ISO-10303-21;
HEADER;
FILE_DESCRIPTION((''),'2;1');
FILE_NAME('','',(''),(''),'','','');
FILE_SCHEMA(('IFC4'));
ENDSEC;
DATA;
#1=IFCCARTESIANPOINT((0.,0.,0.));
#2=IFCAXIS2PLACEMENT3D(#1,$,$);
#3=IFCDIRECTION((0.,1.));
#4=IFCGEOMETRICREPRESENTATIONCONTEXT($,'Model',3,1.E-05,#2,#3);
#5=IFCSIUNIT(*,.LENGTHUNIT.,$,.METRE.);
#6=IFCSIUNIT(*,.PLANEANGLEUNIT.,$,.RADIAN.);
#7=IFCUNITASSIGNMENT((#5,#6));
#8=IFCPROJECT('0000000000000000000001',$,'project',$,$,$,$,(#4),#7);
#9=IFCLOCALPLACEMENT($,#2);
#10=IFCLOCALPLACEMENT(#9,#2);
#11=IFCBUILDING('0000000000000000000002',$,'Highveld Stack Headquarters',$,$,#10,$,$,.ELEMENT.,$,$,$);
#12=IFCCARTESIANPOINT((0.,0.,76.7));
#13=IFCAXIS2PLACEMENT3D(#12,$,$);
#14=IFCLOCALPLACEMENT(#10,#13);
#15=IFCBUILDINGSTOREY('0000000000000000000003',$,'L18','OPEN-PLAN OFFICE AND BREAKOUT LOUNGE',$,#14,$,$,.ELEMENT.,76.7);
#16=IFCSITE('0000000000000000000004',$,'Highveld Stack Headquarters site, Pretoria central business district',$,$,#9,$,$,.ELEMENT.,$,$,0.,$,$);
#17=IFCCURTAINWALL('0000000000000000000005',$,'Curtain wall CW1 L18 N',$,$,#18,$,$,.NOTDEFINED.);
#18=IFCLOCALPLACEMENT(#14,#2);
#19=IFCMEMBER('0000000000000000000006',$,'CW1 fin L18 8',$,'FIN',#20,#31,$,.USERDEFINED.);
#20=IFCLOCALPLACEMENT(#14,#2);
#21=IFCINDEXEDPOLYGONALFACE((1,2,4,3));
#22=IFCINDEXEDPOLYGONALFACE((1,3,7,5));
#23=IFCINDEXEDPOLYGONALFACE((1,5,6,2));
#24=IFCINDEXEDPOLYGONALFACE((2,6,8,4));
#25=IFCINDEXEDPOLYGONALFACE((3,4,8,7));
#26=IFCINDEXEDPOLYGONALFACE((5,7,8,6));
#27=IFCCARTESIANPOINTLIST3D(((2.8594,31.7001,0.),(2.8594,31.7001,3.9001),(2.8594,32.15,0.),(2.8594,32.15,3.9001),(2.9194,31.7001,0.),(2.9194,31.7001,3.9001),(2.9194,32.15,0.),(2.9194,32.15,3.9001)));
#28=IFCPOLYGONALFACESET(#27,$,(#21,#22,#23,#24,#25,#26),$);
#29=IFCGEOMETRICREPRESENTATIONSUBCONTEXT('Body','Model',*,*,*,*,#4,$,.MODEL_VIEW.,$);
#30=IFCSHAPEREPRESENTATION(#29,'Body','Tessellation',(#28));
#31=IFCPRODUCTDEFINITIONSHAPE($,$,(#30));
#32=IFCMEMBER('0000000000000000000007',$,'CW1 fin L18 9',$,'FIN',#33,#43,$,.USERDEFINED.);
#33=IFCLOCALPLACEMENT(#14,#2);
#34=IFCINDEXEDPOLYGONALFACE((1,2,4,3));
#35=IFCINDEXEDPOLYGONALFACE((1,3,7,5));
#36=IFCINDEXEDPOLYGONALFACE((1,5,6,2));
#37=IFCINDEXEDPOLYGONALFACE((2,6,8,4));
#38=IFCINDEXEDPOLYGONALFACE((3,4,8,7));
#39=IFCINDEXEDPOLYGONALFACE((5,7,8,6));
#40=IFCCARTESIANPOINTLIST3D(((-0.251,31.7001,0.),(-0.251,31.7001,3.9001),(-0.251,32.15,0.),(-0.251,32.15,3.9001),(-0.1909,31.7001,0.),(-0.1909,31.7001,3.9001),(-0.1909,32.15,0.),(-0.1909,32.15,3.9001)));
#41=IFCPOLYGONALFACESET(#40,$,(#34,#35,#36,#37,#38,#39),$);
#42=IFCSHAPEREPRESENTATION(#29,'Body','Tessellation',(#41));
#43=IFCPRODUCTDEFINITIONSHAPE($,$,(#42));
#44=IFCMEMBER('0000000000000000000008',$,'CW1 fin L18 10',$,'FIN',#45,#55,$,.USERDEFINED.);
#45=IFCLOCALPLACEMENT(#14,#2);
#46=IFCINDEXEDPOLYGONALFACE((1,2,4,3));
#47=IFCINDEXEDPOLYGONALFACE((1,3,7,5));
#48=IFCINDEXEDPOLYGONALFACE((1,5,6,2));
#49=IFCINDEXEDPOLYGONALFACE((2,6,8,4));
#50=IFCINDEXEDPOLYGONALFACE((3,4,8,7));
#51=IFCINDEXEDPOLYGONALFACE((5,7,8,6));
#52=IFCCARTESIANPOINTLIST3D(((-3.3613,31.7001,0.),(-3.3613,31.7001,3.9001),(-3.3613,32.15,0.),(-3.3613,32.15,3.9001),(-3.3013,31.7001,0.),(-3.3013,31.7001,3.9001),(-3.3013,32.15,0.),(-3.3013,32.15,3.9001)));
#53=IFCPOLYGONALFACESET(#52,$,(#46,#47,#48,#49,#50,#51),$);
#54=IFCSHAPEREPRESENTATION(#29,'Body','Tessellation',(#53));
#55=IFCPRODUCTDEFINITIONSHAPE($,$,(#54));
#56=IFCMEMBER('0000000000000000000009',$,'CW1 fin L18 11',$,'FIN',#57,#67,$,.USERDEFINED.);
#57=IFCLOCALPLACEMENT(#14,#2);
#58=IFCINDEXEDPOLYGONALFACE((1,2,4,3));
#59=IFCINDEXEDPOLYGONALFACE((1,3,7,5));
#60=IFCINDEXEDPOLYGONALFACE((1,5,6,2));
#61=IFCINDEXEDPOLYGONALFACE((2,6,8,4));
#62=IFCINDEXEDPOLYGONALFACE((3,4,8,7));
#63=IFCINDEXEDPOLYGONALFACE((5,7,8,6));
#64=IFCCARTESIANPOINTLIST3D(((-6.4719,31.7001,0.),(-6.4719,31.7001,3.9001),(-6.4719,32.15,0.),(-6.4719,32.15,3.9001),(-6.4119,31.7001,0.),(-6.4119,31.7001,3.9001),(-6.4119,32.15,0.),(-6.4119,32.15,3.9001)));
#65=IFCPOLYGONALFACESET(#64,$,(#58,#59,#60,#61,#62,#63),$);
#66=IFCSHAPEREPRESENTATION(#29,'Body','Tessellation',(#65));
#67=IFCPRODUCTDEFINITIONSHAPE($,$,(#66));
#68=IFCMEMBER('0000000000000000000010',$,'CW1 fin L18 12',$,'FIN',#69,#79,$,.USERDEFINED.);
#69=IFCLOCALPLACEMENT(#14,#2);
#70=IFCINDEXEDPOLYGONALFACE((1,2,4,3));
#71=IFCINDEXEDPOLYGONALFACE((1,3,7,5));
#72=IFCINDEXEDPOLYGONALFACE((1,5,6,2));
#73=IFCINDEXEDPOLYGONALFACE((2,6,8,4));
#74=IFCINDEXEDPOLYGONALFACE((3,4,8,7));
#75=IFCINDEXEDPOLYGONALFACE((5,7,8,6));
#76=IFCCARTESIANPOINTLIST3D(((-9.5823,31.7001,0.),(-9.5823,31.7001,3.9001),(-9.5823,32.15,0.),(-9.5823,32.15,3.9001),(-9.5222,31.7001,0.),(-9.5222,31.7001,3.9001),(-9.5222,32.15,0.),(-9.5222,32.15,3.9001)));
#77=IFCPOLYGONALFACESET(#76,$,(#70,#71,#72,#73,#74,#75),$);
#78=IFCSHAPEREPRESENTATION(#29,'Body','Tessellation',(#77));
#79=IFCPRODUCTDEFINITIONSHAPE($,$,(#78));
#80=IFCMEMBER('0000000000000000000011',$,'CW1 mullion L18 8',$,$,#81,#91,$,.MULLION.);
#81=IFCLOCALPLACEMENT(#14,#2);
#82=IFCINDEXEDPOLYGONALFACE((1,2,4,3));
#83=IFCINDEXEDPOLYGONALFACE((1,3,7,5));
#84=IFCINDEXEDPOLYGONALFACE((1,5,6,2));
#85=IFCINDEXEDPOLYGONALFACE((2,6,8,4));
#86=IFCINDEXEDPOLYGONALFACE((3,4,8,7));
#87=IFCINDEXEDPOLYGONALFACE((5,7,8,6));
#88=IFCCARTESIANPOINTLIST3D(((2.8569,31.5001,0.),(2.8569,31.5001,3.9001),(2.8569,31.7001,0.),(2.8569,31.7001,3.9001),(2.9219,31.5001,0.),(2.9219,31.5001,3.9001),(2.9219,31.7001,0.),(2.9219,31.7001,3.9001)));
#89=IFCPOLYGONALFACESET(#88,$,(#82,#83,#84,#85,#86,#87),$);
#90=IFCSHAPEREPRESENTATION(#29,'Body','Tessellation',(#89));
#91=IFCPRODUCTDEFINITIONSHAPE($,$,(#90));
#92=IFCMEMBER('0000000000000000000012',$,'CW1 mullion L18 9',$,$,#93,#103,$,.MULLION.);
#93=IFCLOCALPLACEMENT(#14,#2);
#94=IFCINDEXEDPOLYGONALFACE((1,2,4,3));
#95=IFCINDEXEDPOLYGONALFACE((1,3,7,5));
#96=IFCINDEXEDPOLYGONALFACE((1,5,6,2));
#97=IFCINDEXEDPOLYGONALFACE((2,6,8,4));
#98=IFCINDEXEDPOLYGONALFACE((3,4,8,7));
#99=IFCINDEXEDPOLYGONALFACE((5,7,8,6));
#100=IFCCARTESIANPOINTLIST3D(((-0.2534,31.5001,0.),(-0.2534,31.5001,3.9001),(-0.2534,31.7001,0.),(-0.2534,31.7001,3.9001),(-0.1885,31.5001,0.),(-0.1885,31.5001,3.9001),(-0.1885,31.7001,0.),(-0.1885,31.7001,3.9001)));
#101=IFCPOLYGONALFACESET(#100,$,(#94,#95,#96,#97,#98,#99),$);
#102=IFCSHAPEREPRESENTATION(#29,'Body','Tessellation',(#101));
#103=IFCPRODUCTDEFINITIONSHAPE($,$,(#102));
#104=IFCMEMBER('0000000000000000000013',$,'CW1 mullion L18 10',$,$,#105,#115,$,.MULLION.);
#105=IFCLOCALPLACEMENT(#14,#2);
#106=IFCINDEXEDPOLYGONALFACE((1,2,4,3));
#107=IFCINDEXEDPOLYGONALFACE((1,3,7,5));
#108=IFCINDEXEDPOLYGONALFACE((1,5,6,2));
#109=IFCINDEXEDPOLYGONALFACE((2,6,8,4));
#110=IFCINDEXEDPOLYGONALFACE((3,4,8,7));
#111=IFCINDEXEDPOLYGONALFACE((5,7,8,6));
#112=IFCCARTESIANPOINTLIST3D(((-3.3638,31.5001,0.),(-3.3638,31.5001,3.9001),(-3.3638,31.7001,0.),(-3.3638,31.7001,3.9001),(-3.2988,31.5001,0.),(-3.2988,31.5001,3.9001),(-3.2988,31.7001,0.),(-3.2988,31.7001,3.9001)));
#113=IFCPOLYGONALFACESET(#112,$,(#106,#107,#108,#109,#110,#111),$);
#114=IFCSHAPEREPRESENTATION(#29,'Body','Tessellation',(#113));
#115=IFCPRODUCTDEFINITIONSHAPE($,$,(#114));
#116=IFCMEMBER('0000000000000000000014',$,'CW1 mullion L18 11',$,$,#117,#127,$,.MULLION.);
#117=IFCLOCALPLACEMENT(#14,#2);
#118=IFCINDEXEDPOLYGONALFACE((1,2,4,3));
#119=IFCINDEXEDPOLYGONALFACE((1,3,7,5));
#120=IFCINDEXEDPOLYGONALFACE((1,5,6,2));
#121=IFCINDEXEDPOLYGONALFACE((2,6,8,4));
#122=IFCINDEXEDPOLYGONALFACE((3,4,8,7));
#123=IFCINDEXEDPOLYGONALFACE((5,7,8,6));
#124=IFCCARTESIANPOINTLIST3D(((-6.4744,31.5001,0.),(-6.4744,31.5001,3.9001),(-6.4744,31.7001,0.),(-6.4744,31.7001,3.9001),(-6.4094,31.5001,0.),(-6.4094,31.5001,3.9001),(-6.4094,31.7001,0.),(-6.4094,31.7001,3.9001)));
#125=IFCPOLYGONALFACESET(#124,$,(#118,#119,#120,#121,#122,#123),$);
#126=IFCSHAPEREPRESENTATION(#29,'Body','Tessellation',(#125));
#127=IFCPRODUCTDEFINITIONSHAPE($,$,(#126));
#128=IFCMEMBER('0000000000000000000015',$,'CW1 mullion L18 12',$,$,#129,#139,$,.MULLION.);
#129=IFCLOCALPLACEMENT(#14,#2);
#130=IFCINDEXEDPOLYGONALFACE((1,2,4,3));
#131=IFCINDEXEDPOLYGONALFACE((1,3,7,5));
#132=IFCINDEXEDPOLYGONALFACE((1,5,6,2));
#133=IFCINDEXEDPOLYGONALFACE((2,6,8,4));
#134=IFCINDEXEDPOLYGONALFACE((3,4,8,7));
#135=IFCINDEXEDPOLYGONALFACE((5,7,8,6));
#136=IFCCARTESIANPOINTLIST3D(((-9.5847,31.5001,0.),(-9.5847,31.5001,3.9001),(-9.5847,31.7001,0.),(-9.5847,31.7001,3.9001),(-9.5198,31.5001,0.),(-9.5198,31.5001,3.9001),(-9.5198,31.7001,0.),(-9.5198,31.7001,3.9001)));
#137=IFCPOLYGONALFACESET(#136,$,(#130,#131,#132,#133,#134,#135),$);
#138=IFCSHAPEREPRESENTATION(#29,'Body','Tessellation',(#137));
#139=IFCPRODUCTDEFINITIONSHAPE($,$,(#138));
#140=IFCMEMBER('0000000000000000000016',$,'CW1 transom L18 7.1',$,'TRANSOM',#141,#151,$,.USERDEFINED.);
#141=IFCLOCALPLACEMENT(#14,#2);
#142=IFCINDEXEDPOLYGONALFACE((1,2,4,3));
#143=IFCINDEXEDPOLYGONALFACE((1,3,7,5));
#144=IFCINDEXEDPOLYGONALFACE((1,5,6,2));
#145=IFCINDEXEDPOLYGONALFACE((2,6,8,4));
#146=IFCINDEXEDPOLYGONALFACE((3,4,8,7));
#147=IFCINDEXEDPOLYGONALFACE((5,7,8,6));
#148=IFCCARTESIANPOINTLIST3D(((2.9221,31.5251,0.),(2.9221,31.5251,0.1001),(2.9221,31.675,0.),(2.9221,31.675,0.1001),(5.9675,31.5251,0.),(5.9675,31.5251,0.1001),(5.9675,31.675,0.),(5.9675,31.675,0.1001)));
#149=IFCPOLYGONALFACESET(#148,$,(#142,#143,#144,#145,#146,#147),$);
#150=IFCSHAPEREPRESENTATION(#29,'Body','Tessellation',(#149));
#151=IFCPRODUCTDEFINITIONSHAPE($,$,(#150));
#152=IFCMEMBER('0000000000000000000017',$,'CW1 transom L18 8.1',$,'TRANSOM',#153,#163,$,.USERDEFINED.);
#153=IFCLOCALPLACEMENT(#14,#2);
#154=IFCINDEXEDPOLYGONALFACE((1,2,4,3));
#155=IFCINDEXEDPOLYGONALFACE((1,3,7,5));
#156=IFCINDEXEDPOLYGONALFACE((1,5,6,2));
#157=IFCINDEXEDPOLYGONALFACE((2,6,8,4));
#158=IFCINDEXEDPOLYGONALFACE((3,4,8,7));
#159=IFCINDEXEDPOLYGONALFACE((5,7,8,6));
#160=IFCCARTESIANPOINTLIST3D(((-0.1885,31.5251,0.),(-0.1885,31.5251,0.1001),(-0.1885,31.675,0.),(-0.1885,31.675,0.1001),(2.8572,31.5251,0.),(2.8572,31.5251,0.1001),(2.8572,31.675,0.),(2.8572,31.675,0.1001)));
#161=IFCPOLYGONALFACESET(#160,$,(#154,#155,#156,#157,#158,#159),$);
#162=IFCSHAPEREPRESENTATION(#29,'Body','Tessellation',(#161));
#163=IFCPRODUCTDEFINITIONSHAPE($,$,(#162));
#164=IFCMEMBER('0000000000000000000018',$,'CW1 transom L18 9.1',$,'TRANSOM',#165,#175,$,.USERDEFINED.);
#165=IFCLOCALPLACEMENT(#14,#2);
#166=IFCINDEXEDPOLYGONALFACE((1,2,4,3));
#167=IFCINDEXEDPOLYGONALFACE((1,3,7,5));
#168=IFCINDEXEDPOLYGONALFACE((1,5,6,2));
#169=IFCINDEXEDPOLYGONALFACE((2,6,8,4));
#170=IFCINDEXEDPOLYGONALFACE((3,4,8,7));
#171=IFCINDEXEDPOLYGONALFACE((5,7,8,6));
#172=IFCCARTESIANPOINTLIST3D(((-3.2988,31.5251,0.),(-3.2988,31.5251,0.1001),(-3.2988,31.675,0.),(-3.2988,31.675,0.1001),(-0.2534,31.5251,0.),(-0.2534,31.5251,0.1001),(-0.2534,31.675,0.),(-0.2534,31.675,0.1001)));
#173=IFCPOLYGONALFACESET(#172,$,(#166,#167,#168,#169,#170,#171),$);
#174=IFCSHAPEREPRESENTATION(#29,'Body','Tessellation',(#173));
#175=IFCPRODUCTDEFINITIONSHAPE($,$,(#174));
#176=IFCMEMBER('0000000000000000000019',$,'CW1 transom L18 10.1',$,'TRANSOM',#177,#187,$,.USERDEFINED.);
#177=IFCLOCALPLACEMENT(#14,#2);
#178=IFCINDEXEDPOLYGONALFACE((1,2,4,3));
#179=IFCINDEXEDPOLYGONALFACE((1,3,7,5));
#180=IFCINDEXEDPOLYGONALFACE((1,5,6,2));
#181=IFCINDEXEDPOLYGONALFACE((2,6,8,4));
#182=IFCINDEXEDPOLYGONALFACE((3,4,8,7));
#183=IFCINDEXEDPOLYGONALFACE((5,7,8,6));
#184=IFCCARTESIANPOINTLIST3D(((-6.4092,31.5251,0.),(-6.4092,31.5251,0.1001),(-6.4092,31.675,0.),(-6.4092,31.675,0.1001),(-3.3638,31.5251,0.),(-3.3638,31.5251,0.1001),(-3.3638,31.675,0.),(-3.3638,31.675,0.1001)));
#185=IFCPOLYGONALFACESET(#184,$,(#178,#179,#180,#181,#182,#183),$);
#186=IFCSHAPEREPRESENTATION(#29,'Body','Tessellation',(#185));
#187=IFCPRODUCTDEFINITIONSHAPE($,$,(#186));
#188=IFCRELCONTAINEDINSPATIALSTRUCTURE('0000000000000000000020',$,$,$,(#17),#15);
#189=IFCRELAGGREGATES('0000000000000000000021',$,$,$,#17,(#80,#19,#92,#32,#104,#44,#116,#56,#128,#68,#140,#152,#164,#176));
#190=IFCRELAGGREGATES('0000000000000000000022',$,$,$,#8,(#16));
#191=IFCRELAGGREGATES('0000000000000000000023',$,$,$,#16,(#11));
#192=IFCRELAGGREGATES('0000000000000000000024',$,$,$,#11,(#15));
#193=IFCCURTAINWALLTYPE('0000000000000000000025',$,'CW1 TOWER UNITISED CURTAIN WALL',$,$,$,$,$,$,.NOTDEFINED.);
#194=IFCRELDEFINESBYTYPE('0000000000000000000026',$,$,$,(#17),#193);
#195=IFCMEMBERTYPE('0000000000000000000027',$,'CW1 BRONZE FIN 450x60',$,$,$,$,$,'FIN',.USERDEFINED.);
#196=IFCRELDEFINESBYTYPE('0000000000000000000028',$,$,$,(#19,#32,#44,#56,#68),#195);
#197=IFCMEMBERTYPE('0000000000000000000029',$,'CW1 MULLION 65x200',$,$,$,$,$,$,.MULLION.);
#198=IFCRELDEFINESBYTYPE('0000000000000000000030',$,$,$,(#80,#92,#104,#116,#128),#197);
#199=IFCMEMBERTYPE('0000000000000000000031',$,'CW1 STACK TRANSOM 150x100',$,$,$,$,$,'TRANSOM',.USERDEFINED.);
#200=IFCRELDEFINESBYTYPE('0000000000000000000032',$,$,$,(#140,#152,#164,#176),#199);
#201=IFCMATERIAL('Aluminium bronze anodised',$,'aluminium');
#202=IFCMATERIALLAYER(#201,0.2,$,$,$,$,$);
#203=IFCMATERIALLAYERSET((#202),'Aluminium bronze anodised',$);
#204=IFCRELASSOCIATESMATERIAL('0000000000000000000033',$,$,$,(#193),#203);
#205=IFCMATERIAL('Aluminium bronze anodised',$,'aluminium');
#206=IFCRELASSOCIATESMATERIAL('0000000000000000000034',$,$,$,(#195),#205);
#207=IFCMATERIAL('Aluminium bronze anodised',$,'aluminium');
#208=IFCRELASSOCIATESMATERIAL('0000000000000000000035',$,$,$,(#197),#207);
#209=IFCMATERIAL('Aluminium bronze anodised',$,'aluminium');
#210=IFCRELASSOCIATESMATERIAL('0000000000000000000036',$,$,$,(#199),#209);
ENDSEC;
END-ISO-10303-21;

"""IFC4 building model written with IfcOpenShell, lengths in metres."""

from ifc_helpers import new_model, si_unit, direction, frame, origin, origin_2d, place, context, subcontext, project, spatial, rectangle, extrude, material, layer, layer_set, material_profile, profile_set, type_object, element, aggregate, save


model = new_model("IFC4")

# Units and contexts
model_context = context("Model", 3, precision=1e-05, world=origin(), true_north=direction((0.0, 1.0)))
body_context = subcontext(model_context, "Body", "Model", "MODEL_VIEW")
ifc_project = project(units=[si_unit("LENGTHUNIT", "METRE"), si_unit("PLANEANGLEUNIT", "RADIAN")], contexts=[model_context])

# Site, building, storey
site_placement = place(None, origin())
site = spatial("IfcSite", under=ifc_project, at=site_placement, Name="Highveld Stack Headquarters site, Pretoria central business district", CompositionType="ELEMENT", RefElevation=0.0)
building_placement = place(site_placement, origin())
building = spatial("IfcBuilding", under=site, at=building_placement, Name="Highveld Stack Headquarters", CompositionType="ELEMENT")
storey_placement = place(building_placement, frame((0.0, 0.0, 76.7)))
storey = spatial("IfcBuildingStorey", under=building, at=storey_placement, Name="L18", Description="OPEN-PLAN OFFICE AND BREAKOUT LOUNGE", CompositionType="ELEMENT", Elevation=76.7)

# Curtain wall, members
ifc_material_1 = material(Name="Aluminium bronze anodised", Category="aluminium")
ifc_layer_1 = layer(ifc_material_1, 0.2)
ifc_layer_set_1 = layer_set([ifc_layer_1], Name="Aluminium bronze anodised")
curtain_wall_type = type_object("IfcCurtainWallType", Name="CW1 TOWER UNITISED CURTAIN WALL", PredefinedType="NOTDEFINED", material=ifc_layer_set_1)
curtain_wall_placement = place(storey_placement, origin())
curtain_wall = element("IfcCurtainWall", 1, at=curtain_wall_placement, inside=storey, type_object=curtain_wall_type, Name="Curtain wall CW1 L18 N", PredefinedType="NOTDEFINED")
ifc_material_2 = material(Name="Aluminium bronze anodised", Category="aluminium")
ifc_material_profile_1 = material_profile(ifc_material_2, rectangle(XDim=0.45, YDim=0.0601, at=origin_2d()), Name="FIN 450x60")
ifc_profile_set_1 = profile_set([ifc_material_profile_1], Name="Aluminium bronze anodised")
member_type_1 = type_object("IfcMemberType", Name="CW1 BRONZE FIN 450x60", ElementType="FIN", PredefinedType="USERDEFINED", material=ifc_profile_set_1)
member_1_placement = place(storey_placement, frame((2.8894, 31.925, 0.0), z_axis=(0.0, 0.0, 1.0), x_axis=(0.0, -1.0, 0.0)))
member_1 = element("IfcMember", 2, at=member_1_placement, type_object=member_type_1, Name="CW1 fin L18 8", ObjectType="FIN", PredefinedType="USERDEFINED", context=body_context, shape_type="SweptSolid", body=[
    extrude(rectangle(XDim=0.45, YDim=0.0601, at=origin_2d()), origin(), (0.0, 0.0, 1.0), 3.9001),
])
member_2_placement = place(storey_placement, frame((-0.2209, 31.925, 0.0), z_axis=(0.0, 0.0, 1.0), x_axis=(0.0, -1.0, 0.0)))
member_2 = element("IfcMember", 3, at=member_2_placement, type_object=member_type_1, Name="CW1 fin L18 9", ObjectType="FIN", PredefinedType="USERDEFINED", context=body_context, shape_type="SweptSolid", body=[
    extrude(rectangle(XDim=0.45, YDim=0.0601, at=origin_2d()), origin(), (0.0, 0.0, 1.0), 3.9001),
])
member_3_placement = place(storey_placement, frame((-3.3313, 31.925, 0.0), z_axis=(0.0, 0.0, 1.0), x_axis=(0.0, -1.0, 0.0)))
member_3 = element("IfcMember", 4, at=member_3_placement, type_object=member_type_1, Name="CW1 fin L18 10", ObjectType="FIN", PredefinedType="USERDEFINED", context=body_context, shape_type="SweptSolid", body=[
    extrude(rectangle(XDim=0.45, YDim=0.0601, at=origin_2d()), origin(), (0.0, 0.0, 1.0), 3.9001),
])
member_4_placement = place(storey_placement, frame((-6.4419, 31.925, 0.0), z_axis=(0.0, 0.0, 1.0), x_axis=(0.0, -1.0, 0.0)))
member_4 = element("IfcMember", 5, at=member_4_placement, type_object=member_type_1, Name="CW1 fin L18 11", ObjectType="FIN", PredefinedType="USERDEFINED", context=body_context, shape_type="SweptSolid", body=[
    extrude(rectangle(XDim=0.45, YDim=0.0601, at=origin_2d()), origin(), (0.0, 0.0, 1.0), 3.9001),
])
member_5_placement = place(storey_placement, frame((-9.5522, 31.925, 0.0), z_axis=(0.0, 0.0, 1.0), x_axis=(0.0, -1.0, 0.0)))
member_5 = element("IfcMember", 6, at=member_5_placement, type_object=member_type_1, Name="CW1 fin L18 12", ObjectType="FIN", PredefinedType="USERDEFINED", context=body_context, shape_type="SweptSolid", body=[
    extrude(rectangle(XDim=0.45, YDim=0.0601, at=origin_2d()), origin(), (0.0, 0.0, 1.0), 3.9001),
])
ifc_material_3 = material(Name="Aluminium bronze anodised", Category="aluminium")
ifc_material_profile_2 = material_profile(ifc_material_3, rectangle(XDim=0.2, YDim=0.0649, at=origin_2d()), Name="CW1 MULLION 65x200")
ifc_profile_set_2 = profile_set([ifc_material_profile_2], Name="Aluminium bronze anodised")
member_type_2 = type_object("IfcMemberType", Name="CW1 MULLION 65x200", PredefinedType="MULLION", material=ifc_profile_set_2)
member_6_placement = place(storey_placement, frame((2.8894, 31.6001, 0.0), z_axis=(0.0, 0.0, 1.0), x_axis=(0.0, -1.0, 0.0)))
member_6 = element("IfcMember", 7, at=member_6_placement, type_object=member_type_2, Name="CW1 mullion L18 8", PredefinedType="MULLION", context=body_context, shape_type="SweptSolid", body=[
    extrude(rectangle(XDim=0.2, YDim=0.0649, at=origin_2d()), origin(), (0.0, 0.0, 1.0), 3.9001),
])
member_7_placement = place(storey_placement, frame((-0.2209, 31.6001, 0.0), z_axis=(0.0, 0.0, 1.0), x_axis=(0.0, -1.0, 0.0)))
member_7 = element("IfcMember", 8, at=member_7_placement, type_object=member_type_2, Name="CW1 mullion L18 9", PredefinedType="MULLION", context=body_context, shape_type="SweptSolid", body=[
    extrude(rectangle(XDim=0.2, YDim=0.0649, at=origin_2d()), origin(), (0.0, 0.0, 1.0), 3.9001),
])
member_8_placement = place(storey_placement, frame((-3.3313, 31.6001, 0.0), z_axis=(0.0, 0.0, 1.0), x_axis=(0.0, -1.0, 0.0)))
member_8 = element("IfcMember", 9, at=member_8_placement, type_object=member_type_2, Name="CW1 mullion L18 10", PredefinedType="MULLION", context=body_context, shape_type="SweptSolid", body=[
    extrude(rectangle(XDim=0.2, YDim=0.0649, at=origin_2d()), origin(), (0.0, 0.0, 1.0), 3.9001),
])
member_9_placement = place(storey_placement, frame((-6.4419, 31.6001, 0.0), z_axis=(0.0, 0.0, 1.0), x_axis=(0.0, -1.0, 0.0)))
member_9 = element("IfcMember", 10, at=member_9_placement, type_object=member_type_2, Name="CW1 mullion L18 11", PredefinedType="MULLION", context=body_context, shape_type="SweptSolid", body=[
    extrude(rectangle(XDim=0.2, YDim=0.0649, at=origin_2d()), origin(), (0.0, 0.0, 1.0), 3.9001),
])
member_10_placement = place(storey_placement, frame((-9.5522, 31.6001, 0.0), z_axis=(0.0, 0.0, 1.0), x_axis=(0.0, -1.0, 0.0)))
member_10 = element("IfcMember", 11, at=member_10_placement, type_object=member_type_2, Name="CW1 mullion L18 12", PredefinedType="MULLION", context=body_context, shape_type="SweptSolid", body=[
    extrude(rectangle(XDim=0.2, YDim=0.0649, at=origin_2d()), origin(), (0.0, 0.0, 1.0), 3.9001),
])
ifc_material_4 = material(Name="Aluminium bronze anodised", Category="aluminium")
ifc_material_profile_3 = material_profile(ifc_material_4, rectangle(XDim=0.1499, YDim=0.1001, at=origin_2d()), Name="CW1 TRANSOM 150x100")
ifc_profile_set_3 = profile_set([ifc_material_profile_3], Name="Aluminium bronze anodised")
member_type_3 = type_object("IfcMemberType", Name="CW1 STACK TRANSOM 150x100", ElementType="TRANSOM", PredefinedType="USERDEFINED", material=ifc_profile_set_3)
member_11_placement = place(storey_placement, frame((5.9675, 31.6001, 0.05), z_axis=(-1.0, 0.0, 0.0), x_axis=(0.0, -1.0, 0.0)))
member_11 = element("IfcMember", 12, at=member_11_placement, type_object=member_type_3, Name="CW1 transom L18 7.1", ObjectType="TRANSOM", PredefinedType="USERDEFINED", context=body_context, shape_type="SweptSolid", body=[
    extrude(rectangle(XDim=0.1499, YDim=0.1001, at=origin_2d()), origin(), (0.0, 0.0, 1.0), 3.0454),
])
member_12_placement = place(storey_placement, frame((2.8572, 31.6001, 0.05), z_axis=(-1.0, 0.0, 0.0), x_axis=(0.0, -1.0, 0.0)))
member_12 = element("IfcMember", 13, at=member_12_placement, type_object=member_type_3, Name="CW1 transom L18 8.1", ObjectType="TRANSOM", PredefinedType="USERDEFINED", context=body_context, shape_type="SweptSolid", body=[
    extrude(rectangle(XDim=0.1499, YDim=0.1001, at=origin_2d()), origin(), (0.0, 0.0, 1.0), 3.0457),
])
member_13_placement = place(storey_placement, frame((-0.2534, 31.6001, 0.05), z_axis=(-1.0, 0.0, 0.0), x_axis=(0.0, -1.0, 0.0)))
member_13 = element("IfcMember", 14, at=member_13_placement, type_object=member_type_3, Name="CW1 transom L18 9.1", ObjectType="TRANSOM", PredefinedType="USERDEFINED", context=body_context, shape_type="SweptSolid", body=[
    extrude(rectangle(XDim=0.1499, YDim=0.1001, at=origin_2d()), origin(), (0.0, 0.0, 1.0), 3.0454),
])
member_14_placement = place(storey_placement, frame((-3.3638, 31.6001, 0.05), z_axis=(-1.0, 0.0, 0.0), x_axis=(0.0, -1.0, 0.0)))
member_14 = element("IfcMember", 15, at=member_14_placement, type_object=member_type_3, Name="CW1 transom L18 10.1", ObjectType="TRANSOM", PredefinedType="USERDEFINED", context=body_context, shape_type="SweptSolid", body=[
    extrude(rectangle(XDim=0.1499, YDim=0.1001, at=origin_2d()), origin(), (0.0, 0.0, 1.0), 3.0454),
])

aggregate(curtain_wall, [member_6, member_1, member_7, member_2, member_8, member_3, member_9, member_4, member_10, member_5, member_11, member_12, member_13, member_14])

save(model, "model.ifc")
